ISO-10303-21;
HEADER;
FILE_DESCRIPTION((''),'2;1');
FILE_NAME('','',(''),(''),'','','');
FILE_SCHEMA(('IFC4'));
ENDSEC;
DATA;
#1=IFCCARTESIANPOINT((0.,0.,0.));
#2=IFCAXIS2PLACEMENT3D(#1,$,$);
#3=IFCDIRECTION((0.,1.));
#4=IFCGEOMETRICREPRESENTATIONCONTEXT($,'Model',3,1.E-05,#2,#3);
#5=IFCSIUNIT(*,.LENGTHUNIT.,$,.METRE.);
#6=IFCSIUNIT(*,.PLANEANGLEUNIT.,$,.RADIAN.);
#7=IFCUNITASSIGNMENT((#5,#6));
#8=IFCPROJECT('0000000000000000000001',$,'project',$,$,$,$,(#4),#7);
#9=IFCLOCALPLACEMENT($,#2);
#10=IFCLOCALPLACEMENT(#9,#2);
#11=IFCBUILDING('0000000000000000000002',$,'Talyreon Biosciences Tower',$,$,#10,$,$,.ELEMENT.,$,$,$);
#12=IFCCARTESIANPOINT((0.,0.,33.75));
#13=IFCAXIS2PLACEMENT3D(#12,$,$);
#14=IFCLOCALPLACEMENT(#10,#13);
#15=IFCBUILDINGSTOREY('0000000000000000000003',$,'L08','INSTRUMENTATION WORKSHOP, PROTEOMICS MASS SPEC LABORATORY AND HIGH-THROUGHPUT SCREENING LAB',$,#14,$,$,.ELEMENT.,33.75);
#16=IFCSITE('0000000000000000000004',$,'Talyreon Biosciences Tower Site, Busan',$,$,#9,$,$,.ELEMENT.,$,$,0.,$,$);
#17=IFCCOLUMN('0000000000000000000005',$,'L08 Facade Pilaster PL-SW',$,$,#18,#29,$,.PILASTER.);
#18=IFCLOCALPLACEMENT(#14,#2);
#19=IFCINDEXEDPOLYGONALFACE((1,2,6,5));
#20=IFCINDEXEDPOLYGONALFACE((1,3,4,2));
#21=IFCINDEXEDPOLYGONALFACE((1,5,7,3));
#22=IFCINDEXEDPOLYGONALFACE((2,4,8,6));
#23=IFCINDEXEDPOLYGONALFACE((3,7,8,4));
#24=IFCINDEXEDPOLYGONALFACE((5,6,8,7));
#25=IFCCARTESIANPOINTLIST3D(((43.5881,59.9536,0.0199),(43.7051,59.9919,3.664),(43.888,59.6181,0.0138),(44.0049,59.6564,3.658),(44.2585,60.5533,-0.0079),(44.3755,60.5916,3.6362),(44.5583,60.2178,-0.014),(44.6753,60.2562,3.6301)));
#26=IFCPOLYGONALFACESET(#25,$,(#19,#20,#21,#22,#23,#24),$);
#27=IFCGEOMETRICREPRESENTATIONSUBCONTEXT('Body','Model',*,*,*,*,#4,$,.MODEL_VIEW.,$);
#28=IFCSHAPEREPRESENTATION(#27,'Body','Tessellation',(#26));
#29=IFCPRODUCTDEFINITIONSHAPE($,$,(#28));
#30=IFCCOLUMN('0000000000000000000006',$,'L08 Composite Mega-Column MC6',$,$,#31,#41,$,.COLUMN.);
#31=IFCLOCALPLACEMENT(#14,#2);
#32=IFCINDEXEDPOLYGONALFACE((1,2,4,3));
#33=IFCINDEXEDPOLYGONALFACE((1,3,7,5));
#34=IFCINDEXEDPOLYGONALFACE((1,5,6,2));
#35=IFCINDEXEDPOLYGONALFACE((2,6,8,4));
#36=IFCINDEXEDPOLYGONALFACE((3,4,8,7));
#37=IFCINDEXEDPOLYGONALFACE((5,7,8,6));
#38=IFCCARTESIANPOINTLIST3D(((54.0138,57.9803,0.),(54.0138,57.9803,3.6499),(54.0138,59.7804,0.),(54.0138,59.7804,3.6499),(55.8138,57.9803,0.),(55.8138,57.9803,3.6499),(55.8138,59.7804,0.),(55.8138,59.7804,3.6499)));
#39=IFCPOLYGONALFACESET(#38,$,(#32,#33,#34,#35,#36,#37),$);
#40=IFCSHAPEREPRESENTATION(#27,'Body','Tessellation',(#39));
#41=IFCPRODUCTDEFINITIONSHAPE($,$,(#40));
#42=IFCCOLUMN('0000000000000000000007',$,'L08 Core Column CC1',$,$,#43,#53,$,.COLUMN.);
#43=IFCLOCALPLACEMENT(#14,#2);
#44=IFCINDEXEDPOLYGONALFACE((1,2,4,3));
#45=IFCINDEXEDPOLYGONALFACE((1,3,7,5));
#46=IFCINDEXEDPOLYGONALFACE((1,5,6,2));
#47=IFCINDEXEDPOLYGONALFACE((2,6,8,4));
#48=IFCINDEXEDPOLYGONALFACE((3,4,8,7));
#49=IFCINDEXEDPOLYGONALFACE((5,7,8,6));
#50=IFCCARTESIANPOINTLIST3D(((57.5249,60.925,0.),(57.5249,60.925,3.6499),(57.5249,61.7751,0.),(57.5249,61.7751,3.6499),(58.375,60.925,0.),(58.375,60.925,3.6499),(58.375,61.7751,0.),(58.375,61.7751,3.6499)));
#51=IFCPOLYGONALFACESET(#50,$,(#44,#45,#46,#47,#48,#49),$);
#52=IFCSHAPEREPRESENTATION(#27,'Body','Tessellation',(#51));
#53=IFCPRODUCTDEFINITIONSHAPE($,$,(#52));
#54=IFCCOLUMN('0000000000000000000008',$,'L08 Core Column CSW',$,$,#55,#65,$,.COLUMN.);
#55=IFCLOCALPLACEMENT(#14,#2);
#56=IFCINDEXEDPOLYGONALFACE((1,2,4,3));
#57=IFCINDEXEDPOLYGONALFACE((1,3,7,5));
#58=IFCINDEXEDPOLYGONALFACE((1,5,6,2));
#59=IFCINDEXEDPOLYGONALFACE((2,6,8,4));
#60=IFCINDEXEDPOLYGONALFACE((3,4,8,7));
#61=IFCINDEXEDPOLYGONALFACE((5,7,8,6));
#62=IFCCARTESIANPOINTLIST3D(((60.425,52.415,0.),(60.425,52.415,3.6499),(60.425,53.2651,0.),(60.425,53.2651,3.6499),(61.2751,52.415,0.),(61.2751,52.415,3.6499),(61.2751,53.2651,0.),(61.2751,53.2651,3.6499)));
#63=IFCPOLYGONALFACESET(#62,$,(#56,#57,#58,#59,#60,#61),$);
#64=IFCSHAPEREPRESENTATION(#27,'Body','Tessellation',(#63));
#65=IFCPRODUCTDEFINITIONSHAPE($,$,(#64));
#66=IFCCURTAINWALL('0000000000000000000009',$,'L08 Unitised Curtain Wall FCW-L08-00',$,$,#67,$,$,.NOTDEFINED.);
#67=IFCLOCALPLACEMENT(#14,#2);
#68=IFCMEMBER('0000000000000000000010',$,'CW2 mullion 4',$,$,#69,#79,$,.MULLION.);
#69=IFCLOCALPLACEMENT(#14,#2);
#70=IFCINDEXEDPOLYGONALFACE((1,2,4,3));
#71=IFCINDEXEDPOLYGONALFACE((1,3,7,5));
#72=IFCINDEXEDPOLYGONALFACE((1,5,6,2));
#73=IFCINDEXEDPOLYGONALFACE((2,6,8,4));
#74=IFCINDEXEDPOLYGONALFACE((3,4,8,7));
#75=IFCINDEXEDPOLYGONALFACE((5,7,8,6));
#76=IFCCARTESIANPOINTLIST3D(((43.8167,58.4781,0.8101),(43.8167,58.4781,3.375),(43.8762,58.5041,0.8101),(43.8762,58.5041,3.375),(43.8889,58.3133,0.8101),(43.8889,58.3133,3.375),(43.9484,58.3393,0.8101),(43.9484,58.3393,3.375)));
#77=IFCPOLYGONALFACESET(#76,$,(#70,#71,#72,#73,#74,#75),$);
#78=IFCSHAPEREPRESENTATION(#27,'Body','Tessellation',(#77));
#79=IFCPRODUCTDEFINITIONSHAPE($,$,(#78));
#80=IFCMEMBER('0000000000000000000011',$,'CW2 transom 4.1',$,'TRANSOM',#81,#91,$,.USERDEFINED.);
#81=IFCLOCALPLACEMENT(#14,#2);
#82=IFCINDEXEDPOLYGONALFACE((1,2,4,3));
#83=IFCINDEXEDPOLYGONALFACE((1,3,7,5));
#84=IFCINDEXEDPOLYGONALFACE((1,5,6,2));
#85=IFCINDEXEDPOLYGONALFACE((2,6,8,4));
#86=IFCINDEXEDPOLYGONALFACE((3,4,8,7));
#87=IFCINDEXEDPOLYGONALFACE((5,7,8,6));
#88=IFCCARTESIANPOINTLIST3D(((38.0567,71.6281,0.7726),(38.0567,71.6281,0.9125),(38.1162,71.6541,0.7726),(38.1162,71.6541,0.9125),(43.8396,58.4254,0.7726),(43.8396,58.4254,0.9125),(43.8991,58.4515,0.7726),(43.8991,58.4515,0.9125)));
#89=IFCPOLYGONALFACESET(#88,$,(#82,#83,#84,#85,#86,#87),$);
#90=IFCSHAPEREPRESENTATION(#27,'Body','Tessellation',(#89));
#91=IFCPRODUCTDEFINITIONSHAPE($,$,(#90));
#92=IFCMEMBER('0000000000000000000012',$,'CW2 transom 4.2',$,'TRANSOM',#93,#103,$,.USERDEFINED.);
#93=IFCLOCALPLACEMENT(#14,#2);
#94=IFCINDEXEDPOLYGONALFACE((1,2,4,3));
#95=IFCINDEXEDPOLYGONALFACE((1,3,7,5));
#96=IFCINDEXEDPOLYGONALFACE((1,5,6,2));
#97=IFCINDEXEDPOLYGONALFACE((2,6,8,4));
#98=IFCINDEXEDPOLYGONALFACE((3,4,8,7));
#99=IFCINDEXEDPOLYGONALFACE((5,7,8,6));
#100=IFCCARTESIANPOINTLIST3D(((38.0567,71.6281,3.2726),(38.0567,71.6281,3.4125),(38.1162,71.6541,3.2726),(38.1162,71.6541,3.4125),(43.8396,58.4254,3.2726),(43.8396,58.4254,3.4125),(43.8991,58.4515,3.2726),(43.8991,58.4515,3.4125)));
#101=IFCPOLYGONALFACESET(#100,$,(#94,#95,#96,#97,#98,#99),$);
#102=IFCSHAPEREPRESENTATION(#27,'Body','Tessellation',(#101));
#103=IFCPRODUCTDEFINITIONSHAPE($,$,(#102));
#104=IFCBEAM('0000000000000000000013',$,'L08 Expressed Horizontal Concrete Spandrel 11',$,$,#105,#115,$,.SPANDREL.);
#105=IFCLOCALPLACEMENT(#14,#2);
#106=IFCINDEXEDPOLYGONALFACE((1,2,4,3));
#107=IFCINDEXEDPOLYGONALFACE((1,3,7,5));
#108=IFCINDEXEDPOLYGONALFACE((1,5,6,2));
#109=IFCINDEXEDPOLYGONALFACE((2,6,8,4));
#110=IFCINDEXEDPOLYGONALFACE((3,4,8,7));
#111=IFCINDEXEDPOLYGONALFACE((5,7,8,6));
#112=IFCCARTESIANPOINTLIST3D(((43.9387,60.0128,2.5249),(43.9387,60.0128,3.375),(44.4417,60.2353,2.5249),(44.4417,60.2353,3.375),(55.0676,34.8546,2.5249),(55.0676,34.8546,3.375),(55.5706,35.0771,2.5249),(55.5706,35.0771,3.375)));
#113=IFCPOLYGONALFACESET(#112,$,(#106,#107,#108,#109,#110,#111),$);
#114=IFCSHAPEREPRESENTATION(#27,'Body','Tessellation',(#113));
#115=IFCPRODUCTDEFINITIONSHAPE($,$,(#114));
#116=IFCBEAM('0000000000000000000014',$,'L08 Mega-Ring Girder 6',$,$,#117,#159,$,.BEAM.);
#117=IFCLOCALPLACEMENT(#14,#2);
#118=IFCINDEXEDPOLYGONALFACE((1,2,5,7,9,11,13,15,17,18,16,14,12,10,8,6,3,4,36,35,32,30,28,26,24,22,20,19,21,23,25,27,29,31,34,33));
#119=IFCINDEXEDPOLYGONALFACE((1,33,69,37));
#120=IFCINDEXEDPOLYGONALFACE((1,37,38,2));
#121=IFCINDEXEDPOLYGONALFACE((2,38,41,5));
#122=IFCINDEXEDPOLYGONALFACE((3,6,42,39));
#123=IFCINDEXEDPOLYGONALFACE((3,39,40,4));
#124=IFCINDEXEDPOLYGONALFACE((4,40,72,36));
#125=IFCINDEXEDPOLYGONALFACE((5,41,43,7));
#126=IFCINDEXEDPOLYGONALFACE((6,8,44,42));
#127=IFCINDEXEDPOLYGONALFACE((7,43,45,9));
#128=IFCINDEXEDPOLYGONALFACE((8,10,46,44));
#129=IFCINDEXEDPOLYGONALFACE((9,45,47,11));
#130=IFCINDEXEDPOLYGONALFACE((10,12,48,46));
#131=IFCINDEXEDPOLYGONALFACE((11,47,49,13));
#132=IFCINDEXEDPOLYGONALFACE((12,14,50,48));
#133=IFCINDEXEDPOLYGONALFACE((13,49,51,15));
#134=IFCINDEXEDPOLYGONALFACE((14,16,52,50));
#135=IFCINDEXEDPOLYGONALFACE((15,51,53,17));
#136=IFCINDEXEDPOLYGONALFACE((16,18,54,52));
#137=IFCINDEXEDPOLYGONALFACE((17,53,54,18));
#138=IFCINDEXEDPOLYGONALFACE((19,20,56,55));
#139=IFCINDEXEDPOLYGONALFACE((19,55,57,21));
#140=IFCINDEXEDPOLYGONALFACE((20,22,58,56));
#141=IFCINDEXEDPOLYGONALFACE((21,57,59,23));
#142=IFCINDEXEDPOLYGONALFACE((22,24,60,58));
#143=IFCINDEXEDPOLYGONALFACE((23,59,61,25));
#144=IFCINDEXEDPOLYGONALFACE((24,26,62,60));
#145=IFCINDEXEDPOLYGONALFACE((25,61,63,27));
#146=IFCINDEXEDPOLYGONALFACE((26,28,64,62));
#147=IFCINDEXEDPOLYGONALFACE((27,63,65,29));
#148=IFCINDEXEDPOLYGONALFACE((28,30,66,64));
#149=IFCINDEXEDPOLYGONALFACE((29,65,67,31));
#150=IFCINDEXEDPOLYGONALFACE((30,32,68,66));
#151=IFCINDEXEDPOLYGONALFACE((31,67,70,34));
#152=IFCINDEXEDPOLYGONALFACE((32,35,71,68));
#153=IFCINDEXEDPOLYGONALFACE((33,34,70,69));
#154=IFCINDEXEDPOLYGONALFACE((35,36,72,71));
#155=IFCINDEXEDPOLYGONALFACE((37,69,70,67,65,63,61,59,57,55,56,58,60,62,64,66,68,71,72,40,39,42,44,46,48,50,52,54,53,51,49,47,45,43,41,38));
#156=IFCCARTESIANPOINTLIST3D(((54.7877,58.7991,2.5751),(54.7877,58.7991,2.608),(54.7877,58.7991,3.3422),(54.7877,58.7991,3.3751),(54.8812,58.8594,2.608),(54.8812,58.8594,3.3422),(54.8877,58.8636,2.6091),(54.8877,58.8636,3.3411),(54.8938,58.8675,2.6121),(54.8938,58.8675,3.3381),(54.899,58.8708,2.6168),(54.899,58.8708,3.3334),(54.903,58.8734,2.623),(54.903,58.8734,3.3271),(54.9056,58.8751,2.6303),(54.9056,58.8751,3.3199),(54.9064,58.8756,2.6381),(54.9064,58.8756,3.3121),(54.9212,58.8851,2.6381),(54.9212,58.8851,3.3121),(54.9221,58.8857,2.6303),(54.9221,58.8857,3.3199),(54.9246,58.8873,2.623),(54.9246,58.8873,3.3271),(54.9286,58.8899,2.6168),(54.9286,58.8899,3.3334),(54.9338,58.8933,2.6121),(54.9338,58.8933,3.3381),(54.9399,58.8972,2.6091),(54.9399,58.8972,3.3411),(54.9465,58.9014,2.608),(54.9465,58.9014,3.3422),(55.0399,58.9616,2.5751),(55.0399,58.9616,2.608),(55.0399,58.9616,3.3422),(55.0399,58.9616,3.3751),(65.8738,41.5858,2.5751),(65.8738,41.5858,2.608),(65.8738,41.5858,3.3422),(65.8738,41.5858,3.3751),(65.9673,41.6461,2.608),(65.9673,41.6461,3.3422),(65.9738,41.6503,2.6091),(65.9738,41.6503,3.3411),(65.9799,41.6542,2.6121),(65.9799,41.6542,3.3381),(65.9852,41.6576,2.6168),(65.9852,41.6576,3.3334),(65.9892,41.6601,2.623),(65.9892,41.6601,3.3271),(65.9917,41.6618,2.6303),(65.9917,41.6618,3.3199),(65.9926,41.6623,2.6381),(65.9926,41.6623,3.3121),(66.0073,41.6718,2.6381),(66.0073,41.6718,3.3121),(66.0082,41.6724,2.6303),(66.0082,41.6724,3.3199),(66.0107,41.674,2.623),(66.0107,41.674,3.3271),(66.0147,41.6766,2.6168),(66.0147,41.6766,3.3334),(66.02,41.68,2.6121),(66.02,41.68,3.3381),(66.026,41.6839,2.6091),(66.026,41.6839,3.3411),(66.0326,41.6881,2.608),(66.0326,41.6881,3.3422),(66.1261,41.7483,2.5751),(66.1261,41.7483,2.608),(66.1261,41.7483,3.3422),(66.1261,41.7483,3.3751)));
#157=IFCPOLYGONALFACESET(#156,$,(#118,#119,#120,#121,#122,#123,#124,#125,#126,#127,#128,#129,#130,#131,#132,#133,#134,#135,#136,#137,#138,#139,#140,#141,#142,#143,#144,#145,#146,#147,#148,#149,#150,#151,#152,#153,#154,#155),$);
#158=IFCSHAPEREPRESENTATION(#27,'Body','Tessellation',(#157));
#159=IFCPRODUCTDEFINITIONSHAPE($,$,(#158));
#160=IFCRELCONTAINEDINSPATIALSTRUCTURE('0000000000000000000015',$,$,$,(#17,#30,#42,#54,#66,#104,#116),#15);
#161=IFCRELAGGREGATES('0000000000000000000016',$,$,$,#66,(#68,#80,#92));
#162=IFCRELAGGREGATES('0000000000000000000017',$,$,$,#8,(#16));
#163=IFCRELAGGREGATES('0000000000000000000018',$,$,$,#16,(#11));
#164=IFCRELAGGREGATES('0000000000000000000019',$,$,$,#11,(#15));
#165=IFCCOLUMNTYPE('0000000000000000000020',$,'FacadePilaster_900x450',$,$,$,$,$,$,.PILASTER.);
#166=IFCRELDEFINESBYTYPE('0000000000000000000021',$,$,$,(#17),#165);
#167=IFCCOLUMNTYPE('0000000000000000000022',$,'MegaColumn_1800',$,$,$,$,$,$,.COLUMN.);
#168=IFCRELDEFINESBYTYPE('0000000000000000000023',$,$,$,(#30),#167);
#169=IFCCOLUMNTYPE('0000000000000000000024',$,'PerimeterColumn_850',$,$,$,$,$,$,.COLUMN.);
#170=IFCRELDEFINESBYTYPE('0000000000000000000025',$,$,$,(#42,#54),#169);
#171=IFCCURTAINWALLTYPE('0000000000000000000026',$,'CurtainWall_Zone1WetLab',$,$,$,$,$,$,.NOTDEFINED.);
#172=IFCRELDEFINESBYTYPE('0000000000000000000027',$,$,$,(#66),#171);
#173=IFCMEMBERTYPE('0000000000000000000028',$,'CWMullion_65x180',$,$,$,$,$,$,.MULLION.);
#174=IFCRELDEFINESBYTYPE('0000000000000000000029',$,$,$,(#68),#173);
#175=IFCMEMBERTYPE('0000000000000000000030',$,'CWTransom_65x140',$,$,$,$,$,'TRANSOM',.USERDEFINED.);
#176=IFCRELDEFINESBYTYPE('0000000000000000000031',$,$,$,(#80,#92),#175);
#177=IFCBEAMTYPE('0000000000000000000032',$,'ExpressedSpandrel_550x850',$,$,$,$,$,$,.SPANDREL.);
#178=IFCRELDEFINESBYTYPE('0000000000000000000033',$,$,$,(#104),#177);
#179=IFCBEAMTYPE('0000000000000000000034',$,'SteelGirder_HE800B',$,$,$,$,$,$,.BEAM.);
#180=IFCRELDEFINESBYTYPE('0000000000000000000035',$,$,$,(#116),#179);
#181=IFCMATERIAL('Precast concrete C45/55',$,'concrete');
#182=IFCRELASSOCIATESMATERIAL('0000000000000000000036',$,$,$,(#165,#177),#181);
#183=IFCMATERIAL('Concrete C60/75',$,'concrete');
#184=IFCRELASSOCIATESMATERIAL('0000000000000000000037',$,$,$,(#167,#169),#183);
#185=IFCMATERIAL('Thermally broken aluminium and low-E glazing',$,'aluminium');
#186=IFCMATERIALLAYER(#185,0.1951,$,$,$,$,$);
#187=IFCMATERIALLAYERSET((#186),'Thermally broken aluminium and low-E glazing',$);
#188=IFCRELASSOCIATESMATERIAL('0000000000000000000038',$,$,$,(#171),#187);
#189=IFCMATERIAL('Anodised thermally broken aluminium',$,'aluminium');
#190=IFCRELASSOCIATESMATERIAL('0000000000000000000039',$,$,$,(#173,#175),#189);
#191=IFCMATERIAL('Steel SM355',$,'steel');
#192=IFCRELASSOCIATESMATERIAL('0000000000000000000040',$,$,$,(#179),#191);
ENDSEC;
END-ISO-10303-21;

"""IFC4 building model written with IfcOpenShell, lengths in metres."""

from ifc_helpers import new_model, si_unit, direction, frame, origin, origin_2d, place, context, subcontext, project, spatial, rectangle, i_section, extrude, material, layer, layer_set, material_profile, profile_set, type_object, element, aggregate, save


model = new_model("IFC4")

# Units and contexts
model_context = context("Model", 3, precision=1e-05, world=origin(), true_north=direction((0.0, 1.0)))
body_context = subcontext(model_context, "Body", "Model", "MODEL_VIEW")
ifc_project = project(units=[si_unit("LENGTHUNIT", "METRE"), si_unit("PLANEANGLEUNIT", "RADIAN")], contexts=[model_context])

# Site, building, storey
site_placement = place(None, origin())
site = spatial("IfcSite", under=ifc_project, at=site_placement, Name="Talyreon Biosciences Tower Site, Busan", CompositionType="ELEMENT", RefElevation=0.0)
building_placement = place(site_placement, origin())
building = spatial("IfcBuilding", under=site, at=building_placement, Name="Talyreon Biosciences Tower", CompositionType="ELEMENT")
storey_placement = place(building_placement, frame((0.0, 0.0, 33.75)))
storey = spatial("IfcBuildingStorey", under=building, at=storey_placement, Name="L08", Description="INSTRUMENTATION WORKSHOP, PROTEOMICS MASS SPEC LABORATORY AND HIGH-THROUGHPUT SCREENING LAB", CompositionType="ELEMENT", Elevation=33.75)

# Columns
ifc_material_1 = material(Name="Precast concrete C45/55", Category="concrete")
ifc_material_profile_1 = material_profile(ifc_material_1, rectangle(XDim=0.8999, YDim=0.45, at=origin_2d()), Name="RC 900x450")
ifc_profile_set_1 = profile_set([ifc_material_profile_1], Name="Precast concrete C45/55")
column_type_1 = type_object("IfcColumnType", Name="FacadePilaster_900x450", PredefinedType="PILASTER", material=ifc_profile_set_1)
column_1_placement = place(storey_placement, frame((44.0732, 60.0857, 0.0029), z_axis=(0.032073, 0.010513, 0.99943), x_axis=(0.744929, 0.666427, -0.030916)))
element("IfcColumn", 1, at=column_1_placement, inside=storey, type_object=column_type_1, Name="L08 Facade Pilaster PL-SW", PredefinedType="PILASTER", context=body_context, shape_type="SweptSolid", body=[
    extrude(rectangle(XDim=0.8999, YDim=0.45, at=origin_2d()), origin(), (0.0, 0.0, 1.0), 3.6462),
])
ifc_material_2 = material(Name="Concrete C60/75", Category="concrete")
ifc_material_profile_2 = material_profile(ifc_material_2, rectangle(XDim=1.8, YDim=1.8, at=origin_2d()), Name="RC 1800x1800")
ifc_profile_set_2 = profile_set([ifc_material_profile_2], Name="Concrete C60/75")
column_type_2 = type_object("IfcColumnType", Name="MegaColumn_1800", PredefinedType="COLUMN", material=ifc_profile_set_2)
column_2_placement = place(storey_placement, frame((54.9138, 58.8804, 0.0), z_axis=(0.0, 0.0, 1.0), x_axis=(1.0, 0.0, 0.0)))
element("IfcColumn", 2, at=column_2_placement, inside=storey, type_object=column_type_2, Name="L08 Composite Mega-Column MC6", PredefinedType="COLUMN", context=body_context, shape_type="SweptSolid", body=[
    extrude(rectangle(XDim=1.8, YDim=1.8, at=origin_2d()), origin(), (0.0, 0.0, 1.0), 3.6499),
])
ifc_material_profile_3 = material_profile(ifc_material_2, rectangle(XDim=0.8501, YDim=0.8501, at=origin_2d()), Name="RC 850x850")
ifc_profile_set_3 = profile_set([ifc_material_profile_3], Name="Concrete C60/75")
column_type_3 = type_object("IfcColumnType", Name="PerimeterColumn_850", PredefinedType="COLUMN", material=ifc_profile_set_3)
for number, where, z_axis, x_axis, name in (
    (3, (57.95, 61.3501, 0.0), (0.0, 0.0, 1.0), (1.0, 0.0, 0.0), "L08 Core Column CC1"),
    (4, (60.8501, 52.8401, 0.0), (0.0, 0.0, 1.0), (1.0, 0.0, 0.0), "L08 Core Column CSW"),
):
    element("IfcColumn", number, at=place(storey_placement, frame(where, z_axis=z_axis, x_axis=x_axis)), inside=storey, type_object=column_type_3, Name=name, PredefinedType="COLUMN", context=body_context, shape_type="SweptSolid", body=[
        extrude(rectangle(XDim=0.8501, YDim=0.8501, at=origin_2d()), origin(), (0.0, 0.0, 1.0), 3.6499),
    ])

# Curtain wall, members
ifc_material_3 = material(Name="Thermally broken aluminium and low-E glazing", Category="aluminium")
ifc_layer_1 = layer(ifc_material_3, 0.1951)
ifc_layer_set_1 = layer_set([ifc_layer_1], Name="Thermally broken aluminium and low-E glazing")
curtain_wall_type = type_object("IfcCurtainWallType", Name="CurtainWall_Zone1WetLab", PredefinedType="NOTDEFINED", material=ifc_layer_set_1)
curtain_wall_placement = place(storey_placement, origin())
curtain_wall = element("IfcCurtainWall", 5, at=curtain_wall_placement, inside=storey, type_object=curtain_wall_type, Name="L08 Unitised Curtain Wall FCW-L08-00", PredefinedType="NOTDEFINED")
ifc_material_4 = material(Name="Anodised thermally broken aluminium", Category="aluminium")
ifc_material_profile_4 = material_profile(ifc_material_4, rectangle(XDim=0.0649, YDim=0.1799, at=origin_2d()), Name="ALUM MULLION 65x180")
ifc_profile_set_4 = profile_set([ifc_material_profile_4], Name="Anodised thermally broken aluminium")
member_type_1 = type_object("IfcMemberType", Name="CWMullion_65x180", PredefinedType="MULLION", material=ifc_profile_set_4)
member_1_placement = place(storey_placement, frame((43.8826, 58.4087, 0.8101), z_axis=(0.0, 0.0, 1.0), x_axis=(-0.91598, -0.401223, 0.0)))
member_1 = element("IfcMember", 6, at=member_1_placement, type_object=member_type_1, Name="CW2 mullion 4", PredefinedType="MULLION", context=body_context, shape_type="SweptSolid", body=[
    extrude(rectangle(XDim=0.0649, YDim=0.1799, at=origin_2d()), origin(), (0.0, 0.0, 1.0), 2.5649),
])
ifc_material_profile_5 = material_profile(ifc_material_4, rectangle(XDim=0.0649, YDim=0.1399, at=origin_2d()), Name="ALUM TRANSOM 65x140")
ifc_profile_set_5 = profile_set([ifc_material_profile_5], Name="Anodised thermally broken aluminium")
member_type_2 = type_object("IfcMemberType", Name="CWTransom_65x140", ElementType="TRANSOM", PredefinedType="USERDEFINED", material=ifc_profile_set_5)
member_2_placement = place(storey_placement, frame((43.8694, 58.4385, 0.8425), z_axis=(-0.401215, 0.915984, 0.0), x_axis=(-0.915984, -0.401215, 0.0)))
member_2 = element("IfcMember", 7, at=member_2_placement, type_object=member_type_2, Name="CW2 transom 4.1", ObjectType="TRANSOM", PredefinedType="USERDEFINED", context=body_context, shape_type="SweptSolid", body=[
    extrude(rectangle(XDim=0.0649, YDim=0.1399, at=origin_2d()), origin(), (0.0, 0.0, 1.0), 14.4136),
])
member_3_placement = place(storey_placement, frame((43.8694, 58.4385, 3.3425), z_axis=(-0.401215, 0.915984, 0.0), x_axis=(-0.915984, -0.401215, 0.0)))
member_3 = element("IfcMember", 8, at=member_3_placement, type_object=member_type_2, Name="CW2 transom 4.2", ObjectType="TRANSOM", PredefinedType="USERDEFINED", context=body_context, shape_type="SweptSolid", body=[
    extrude(rectangle(XDim=0.0649, YDim=0.1399, at=origin_2d()), origin(), (0.0, 0.0, 1.0), 14.4136),
])

# Beams
ifc_material_profile_6 = material_profile(ifc_material_1, rectangle(XDim=0.55, YDim=0.8501, at=origin_2d()), Name="RCB 550x850")
ifc_profile_set_6 = profile_set([ifc_material_profile_6], Name="Precast concrete C45/55")
beam_type_1 = type_object("IfcBeamType", Name="ExpressedSpandrel_550x850", PredefinedType="SPANDREL", material=ifc_profile_set_6)
beam_1_placement = place(storey_placement, frame((44.1902, 60.124, 2.95), z_axis=(0.404544, -0.914519, 0.0), x_axis=(0.914519, 0.404544, 0.0)))
element("IfcBeam", 9, at=beam_1_placement, inside=storey, type_object=beam_type_1, Name="L08 Expressed Horizontal Concrete Spandrel 11", PredefinedType="SPANDREL", context=body_context, shape_type="SweptSolid", body=[
    extrude(rectangle(XDim=0.55, YDim=0.8501, at=origin_2d()), origin(), (0.0, 0.0, 1.0), 27.5098),
])
ifc_material_5 = material(Name="Steel SM355", Category="steel")
ifc_material_profile_7 = material_profile(ifc_material_5, i_section(OverallWidth=0.3, OverallDepth=0.8, WebThickness=0.0176, FlangeThickness=0.033, FilletRadius=0.03, at=origin_2d()), Name="HE800B")
ifc_profile_set_7 = profile_set([ifc_material_profile_7], Name="Steel SM355")
beam_type_2 = type_object("IfcBeamType", Name="SteelGirder_HE800B", PredefinedType="BEAM", material=ifc_profile_set_7)
beam_2_placement = place(storey_placement, frame((54.9138, 58.8804, 2.9751), z_axis=(0.541464, -0.840724, 0.0), x_axis=(0.840724, 0.541464, 0.0)))
element("IfcBeam", 10, at=beam_2_placement, inside=storey, type_object=beam_type_2, Name="L08 Mega-Ring Girder 6", PredefinedType="BEAM", context=body_context, shape_type="SweptSolid", body=[
    extrude(i_section(OverallWidth=0.3, OverallDepth=0.8, WebThickness=0.0176, FlangeThickness=0.033, FilletRadius=0.03, at=origin_2d()), origin(), (0.0, 0.0, 1.0), 20.4744),
])

aggregate(curtain_wall, [member_1, member_2, member_3])

save(model, "model.ifc")
